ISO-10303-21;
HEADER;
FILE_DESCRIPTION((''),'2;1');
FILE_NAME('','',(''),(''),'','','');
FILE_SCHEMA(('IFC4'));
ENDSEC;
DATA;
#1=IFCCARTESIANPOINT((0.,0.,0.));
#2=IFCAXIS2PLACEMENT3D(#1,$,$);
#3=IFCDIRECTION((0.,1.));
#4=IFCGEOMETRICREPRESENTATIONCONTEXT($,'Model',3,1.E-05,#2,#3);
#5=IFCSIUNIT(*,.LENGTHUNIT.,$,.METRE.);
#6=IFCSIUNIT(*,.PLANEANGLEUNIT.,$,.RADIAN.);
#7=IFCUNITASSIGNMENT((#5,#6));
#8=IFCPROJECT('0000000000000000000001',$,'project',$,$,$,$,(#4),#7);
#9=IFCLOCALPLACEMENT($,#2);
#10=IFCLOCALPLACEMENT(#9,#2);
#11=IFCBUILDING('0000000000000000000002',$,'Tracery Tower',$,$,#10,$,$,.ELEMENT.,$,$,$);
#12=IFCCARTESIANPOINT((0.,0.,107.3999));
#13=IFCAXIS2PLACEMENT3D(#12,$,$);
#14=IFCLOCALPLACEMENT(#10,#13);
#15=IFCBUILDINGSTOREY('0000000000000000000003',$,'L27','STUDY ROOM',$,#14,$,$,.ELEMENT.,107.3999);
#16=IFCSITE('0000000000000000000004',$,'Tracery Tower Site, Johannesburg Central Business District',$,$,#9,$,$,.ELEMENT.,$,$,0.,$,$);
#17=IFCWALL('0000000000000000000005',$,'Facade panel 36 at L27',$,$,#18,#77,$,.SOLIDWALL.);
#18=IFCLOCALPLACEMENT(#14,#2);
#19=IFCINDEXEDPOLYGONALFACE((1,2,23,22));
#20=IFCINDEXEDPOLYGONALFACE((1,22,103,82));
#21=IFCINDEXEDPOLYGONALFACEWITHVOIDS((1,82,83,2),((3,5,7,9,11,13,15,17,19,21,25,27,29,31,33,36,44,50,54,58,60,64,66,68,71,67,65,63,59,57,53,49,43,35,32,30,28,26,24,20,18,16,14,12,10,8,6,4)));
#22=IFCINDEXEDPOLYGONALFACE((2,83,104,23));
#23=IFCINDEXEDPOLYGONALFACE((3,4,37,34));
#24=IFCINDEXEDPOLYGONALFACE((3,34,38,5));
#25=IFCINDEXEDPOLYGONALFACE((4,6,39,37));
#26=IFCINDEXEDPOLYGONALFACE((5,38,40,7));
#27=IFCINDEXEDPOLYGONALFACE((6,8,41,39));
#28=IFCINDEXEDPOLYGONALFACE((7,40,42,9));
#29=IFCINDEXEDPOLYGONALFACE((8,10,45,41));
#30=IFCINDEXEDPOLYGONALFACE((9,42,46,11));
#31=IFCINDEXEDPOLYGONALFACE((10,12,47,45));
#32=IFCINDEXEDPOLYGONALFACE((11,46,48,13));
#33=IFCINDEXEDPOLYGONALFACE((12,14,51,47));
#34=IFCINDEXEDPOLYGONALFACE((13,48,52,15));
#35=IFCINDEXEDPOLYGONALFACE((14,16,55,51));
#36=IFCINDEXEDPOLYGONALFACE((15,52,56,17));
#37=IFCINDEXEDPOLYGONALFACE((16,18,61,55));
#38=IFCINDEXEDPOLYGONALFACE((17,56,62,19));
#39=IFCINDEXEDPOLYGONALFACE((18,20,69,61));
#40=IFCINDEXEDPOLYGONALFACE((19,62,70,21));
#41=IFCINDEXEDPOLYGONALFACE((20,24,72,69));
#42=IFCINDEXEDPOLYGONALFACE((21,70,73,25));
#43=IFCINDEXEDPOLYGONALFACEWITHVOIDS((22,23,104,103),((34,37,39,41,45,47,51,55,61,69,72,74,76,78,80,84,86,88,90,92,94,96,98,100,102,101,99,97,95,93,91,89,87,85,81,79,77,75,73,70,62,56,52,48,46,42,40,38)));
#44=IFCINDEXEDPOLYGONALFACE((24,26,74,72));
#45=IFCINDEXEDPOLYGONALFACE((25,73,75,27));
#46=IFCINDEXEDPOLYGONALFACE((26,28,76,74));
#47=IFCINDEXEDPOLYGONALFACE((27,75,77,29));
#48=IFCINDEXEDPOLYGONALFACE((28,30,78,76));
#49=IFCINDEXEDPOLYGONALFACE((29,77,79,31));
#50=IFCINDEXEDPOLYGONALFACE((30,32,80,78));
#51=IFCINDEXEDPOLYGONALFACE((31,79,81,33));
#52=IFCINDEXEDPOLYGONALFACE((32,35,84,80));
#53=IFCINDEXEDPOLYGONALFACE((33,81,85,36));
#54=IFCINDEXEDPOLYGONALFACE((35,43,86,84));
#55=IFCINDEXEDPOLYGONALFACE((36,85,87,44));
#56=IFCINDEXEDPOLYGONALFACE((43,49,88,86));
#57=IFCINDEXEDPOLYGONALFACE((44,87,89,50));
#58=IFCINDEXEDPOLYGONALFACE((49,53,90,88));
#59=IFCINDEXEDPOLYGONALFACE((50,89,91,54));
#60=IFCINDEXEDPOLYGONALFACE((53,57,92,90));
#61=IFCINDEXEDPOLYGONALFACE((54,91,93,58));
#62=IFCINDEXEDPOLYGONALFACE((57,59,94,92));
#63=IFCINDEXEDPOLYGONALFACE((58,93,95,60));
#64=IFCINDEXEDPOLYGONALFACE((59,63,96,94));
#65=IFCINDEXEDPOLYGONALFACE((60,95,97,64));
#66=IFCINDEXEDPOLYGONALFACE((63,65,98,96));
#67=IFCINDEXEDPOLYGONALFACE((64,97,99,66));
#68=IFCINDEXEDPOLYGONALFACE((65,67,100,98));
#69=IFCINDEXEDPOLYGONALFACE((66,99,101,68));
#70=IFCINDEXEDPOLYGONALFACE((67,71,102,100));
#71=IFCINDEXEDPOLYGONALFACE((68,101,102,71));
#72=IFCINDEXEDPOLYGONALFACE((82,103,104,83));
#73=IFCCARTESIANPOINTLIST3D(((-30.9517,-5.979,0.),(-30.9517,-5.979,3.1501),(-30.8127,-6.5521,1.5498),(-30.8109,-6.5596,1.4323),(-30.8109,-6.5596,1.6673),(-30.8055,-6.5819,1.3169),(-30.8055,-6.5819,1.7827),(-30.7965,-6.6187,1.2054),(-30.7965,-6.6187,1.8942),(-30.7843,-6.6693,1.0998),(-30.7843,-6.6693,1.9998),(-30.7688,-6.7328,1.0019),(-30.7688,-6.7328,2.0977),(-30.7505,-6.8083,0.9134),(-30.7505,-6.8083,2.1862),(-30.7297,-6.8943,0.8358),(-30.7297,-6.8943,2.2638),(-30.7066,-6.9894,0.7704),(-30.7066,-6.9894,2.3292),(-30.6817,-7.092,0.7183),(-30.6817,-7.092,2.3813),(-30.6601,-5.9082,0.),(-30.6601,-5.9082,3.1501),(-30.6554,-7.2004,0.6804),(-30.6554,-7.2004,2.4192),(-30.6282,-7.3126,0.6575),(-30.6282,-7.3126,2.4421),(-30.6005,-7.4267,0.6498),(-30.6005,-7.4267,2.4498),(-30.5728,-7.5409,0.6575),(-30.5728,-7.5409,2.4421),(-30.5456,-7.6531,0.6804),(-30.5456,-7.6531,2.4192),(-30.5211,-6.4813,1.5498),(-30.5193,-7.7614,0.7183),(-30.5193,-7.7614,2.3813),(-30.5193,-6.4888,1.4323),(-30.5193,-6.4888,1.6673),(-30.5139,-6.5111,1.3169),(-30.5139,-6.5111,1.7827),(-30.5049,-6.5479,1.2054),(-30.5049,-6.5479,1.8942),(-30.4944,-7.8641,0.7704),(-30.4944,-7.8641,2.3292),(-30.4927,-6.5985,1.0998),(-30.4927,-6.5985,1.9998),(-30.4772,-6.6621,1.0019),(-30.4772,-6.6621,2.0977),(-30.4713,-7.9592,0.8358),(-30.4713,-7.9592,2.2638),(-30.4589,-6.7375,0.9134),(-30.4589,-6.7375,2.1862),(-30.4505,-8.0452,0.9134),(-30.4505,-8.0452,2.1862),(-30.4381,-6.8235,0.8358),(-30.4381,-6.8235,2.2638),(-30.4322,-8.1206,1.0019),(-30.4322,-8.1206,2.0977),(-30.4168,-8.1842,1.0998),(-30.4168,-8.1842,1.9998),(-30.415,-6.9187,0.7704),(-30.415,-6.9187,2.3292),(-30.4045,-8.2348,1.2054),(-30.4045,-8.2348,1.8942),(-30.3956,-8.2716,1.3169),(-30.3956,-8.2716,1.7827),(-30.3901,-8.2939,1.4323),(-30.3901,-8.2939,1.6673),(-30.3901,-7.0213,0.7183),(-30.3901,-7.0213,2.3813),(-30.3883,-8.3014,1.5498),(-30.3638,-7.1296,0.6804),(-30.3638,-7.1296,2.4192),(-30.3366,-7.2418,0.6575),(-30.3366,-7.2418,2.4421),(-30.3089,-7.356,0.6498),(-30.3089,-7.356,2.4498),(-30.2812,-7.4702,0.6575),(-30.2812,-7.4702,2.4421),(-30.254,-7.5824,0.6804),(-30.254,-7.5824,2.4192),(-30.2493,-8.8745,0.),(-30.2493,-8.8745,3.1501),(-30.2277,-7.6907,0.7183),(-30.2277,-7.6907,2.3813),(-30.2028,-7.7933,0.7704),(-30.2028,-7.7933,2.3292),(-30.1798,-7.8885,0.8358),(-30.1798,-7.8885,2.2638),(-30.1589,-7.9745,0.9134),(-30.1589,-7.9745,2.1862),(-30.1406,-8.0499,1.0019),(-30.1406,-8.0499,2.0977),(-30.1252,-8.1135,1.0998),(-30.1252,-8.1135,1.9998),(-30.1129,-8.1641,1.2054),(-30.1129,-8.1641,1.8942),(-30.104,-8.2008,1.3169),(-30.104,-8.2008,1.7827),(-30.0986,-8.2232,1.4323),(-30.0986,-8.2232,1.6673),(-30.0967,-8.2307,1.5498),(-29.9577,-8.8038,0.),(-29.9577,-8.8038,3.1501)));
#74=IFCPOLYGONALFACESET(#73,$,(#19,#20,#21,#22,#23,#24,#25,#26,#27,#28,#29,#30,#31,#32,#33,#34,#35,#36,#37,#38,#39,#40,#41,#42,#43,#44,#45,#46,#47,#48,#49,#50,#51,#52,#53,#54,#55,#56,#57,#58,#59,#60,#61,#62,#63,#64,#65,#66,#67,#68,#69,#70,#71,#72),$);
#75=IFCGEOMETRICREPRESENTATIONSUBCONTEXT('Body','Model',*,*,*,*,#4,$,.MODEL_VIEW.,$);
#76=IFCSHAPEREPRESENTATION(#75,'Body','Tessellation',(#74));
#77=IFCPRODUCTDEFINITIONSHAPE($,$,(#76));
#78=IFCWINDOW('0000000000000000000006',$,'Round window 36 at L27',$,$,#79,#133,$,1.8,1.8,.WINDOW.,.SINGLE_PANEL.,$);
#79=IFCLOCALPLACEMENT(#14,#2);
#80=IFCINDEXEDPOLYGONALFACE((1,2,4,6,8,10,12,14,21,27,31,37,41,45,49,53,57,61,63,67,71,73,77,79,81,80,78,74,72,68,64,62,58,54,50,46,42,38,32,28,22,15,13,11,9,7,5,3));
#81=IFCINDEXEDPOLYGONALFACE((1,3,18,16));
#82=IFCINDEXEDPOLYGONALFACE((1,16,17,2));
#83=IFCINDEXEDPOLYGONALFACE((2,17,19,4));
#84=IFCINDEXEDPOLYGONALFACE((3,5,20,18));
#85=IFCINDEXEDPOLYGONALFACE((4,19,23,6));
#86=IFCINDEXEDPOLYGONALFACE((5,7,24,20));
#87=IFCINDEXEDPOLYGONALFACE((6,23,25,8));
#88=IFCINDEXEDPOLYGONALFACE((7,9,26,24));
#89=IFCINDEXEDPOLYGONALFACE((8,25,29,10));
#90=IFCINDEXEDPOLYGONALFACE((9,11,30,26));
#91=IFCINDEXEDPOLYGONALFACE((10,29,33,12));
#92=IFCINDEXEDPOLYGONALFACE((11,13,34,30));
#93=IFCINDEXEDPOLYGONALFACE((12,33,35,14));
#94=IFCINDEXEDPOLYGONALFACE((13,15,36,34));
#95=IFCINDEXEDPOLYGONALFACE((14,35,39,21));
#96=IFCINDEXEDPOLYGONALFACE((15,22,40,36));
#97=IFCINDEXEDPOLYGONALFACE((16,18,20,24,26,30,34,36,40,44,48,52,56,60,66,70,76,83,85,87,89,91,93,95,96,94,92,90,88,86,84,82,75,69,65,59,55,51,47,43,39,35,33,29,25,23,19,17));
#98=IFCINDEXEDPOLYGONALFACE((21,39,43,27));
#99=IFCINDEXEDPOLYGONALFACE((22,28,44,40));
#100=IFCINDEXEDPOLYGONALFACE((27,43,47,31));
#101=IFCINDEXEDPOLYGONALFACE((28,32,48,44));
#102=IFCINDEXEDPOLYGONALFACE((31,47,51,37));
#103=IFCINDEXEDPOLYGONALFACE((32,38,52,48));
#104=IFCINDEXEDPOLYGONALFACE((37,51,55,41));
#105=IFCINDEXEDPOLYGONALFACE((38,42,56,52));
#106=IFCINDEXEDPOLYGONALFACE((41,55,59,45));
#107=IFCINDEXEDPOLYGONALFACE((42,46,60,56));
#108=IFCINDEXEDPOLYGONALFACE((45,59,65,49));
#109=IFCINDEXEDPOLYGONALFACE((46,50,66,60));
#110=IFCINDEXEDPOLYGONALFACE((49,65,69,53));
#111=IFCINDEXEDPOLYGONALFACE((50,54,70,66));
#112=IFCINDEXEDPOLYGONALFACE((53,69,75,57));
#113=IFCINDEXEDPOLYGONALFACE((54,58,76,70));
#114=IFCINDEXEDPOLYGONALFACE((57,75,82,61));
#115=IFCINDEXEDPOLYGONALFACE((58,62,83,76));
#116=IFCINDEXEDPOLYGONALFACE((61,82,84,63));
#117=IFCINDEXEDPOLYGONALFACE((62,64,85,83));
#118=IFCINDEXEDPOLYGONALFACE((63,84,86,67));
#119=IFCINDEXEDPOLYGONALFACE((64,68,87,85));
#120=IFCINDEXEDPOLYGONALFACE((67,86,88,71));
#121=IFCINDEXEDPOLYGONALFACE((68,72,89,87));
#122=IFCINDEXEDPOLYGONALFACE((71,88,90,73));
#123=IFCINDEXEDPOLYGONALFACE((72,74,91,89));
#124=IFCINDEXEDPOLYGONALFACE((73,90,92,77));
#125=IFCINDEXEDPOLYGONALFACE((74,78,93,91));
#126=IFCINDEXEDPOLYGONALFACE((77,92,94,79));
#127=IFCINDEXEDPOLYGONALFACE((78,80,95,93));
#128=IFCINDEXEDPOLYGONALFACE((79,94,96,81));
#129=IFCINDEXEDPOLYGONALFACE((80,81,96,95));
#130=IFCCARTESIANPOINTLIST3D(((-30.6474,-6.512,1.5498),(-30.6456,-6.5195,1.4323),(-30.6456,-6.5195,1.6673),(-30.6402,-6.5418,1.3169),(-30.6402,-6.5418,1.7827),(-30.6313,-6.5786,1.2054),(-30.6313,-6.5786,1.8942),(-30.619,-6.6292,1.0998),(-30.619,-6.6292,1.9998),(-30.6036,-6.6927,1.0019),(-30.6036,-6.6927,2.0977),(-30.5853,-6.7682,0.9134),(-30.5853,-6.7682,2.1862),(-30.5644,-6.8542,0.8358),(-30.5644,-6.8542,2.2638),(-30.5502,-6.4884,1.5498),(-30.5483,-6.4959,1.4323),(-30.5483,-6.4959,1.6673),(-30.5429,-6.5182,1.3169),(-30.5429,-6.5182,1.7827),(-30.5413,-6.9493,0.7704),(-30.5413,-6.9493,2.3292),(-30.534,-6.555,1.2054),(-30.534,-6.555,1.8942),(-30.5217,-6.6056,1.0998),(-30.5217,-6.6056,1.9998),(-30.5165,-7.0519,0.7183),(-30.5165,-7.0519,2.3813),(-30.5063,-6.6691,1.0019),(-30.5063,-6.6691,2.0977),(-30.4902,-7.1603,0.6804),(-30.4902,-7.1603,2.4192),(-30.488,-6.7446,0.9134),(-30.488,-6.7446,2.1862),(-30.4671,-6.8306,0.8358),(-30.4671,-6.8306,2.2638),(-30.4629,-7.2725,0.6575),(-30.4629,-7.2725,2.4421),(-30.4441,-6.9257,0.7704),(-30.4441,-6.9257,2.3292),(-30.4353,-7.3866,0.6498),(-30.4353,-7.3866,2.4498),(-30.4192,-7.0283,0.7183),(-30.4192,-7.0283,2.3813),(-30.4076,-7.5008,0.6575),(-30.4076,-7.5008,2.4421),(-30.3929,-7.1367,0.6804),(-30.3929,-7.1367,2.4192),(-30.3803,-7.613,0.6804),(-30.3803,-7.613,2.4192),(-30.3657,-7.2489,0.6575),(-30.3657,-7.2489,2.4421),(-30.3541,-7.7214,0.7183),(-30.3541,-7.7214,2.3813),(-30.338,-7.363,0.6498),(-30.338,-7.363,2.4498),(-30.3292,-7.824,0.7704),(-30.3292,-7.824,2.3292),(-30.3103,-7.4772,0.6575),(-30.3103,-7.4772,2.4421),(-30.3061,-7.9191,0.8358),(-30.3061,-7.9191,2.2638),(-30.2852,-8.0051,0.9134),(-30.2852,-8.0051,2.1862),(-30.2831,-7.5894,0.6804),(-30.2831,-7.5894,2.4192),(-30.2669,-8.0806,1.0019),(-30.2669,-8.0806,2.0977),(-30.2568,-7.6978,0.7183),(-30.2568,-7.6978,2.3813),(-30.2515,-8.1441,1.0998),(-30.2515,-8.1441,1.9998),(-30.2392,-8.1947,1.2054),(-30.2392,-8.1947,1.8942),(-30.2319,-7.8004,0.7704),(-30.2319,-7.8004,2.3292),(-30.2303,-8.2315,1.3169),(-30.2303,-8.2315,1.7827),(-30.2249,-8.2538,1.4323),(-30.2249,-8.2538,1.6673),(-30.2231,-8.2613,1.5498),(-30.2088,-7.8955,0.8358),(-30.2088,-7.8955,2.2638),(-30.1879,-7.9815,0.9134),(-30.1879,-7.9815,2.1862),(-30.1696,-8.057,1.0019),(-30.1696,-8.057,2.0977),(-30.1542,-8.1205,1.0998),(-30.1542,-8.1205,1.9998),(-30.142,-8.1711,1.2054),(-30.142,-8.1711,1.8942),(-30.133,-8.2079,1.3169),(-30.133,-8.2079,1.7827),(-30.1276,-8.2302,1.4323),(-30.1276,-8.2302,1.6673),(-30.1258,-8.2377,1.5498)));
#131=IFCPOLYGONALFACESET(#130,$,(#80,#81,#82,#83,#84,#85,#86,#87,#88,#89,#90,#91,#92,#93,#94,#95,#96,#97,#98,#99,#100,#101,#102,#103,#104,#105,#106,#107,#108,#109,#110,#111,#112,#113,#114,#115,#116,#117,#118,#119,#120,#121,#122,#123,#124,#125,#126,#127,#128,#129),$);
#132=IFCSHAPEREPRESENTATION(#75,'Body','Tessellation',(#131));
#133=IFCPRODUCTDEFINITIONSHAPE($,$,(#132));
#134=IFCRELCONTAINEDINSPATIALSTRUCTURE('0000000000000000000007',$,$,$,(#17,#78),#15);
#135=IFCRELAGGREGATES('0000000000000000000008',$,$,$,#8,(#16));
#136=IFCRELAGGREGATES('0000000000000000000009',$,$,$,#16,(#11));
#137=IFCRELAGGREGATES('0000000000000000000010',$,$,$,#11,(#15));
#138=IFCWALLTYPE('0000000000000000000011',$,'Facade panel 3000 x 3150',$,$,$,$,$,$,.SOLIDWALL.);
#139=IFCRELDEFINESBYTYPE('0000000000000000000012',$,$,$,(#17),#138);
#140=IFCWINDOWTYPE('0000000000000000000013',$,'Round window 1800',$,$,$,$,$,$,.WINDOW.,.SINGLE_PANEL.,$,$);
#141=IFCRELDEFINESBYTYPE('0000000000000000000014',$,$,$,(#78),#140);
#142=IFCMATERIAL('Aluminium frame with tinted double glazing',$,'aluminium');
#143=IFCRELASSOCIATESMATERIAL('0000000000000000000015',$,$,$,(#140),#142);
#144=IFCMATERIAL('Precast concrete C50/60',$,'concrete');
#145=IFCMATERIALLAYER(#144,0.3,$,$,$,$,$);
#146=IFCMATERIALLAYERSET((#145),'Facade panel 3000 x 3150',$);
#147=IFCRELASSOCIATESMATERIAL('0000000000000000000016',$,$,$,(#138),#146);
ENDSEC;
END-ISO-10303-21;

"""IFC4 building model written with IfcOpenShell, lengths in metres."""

from ifc_helpers import new_model, si_unit, direction, frame, frame_2d, origin, origin_2d, place, context, subcontext, project, spatial, rectangle, circle, extrude, material, layer, layer_set, type_object, element, fill, save


model = new_model("IFC4")

# Units and contexts
model_context = context("Model", 3, precision=1e-05, world=origin(), true_north=direction((0.0, 1.0)))
body_context = subcontext(model_context, "Body", "Model", "MODEL_VIEW")
ifc_project = project(units=[si_unit("LENGTHUNIT", "METRE"), si_unit("PLANEANGLEUNIT", "RADIAN")], contexts=[model_context])

# Site, building, storey
site_placement = place(None, origin())
site = spatial("IfcSite", under=ifc_project, at=site_placement, Name="Tracery Tower Site, Johannesburg Central Business District", CompositionType="ELEMENT", RefElevation=0.0)
building_placement = place(site_placement, origin())
building = spatial("IfcBuilding", under=site, at=building_placement, Name="Tracery Tower", CompositionType="ELEMENT")
storey_placement = place(building_placement, frame((0.0, 0.0, 107.3999)))
storey = spatial("IfcBuildingStorey", under=building, at=storey_placement, Name="L27", Description="STUDY ROOM", CompositionType="ELEMENT", Elevation=107.3999)

# Wall, opening, window
ifc_material_1 = material(Name="Aluminium frame with tinted double glazing", Category="aluminium")
window_type = type_object("IfcWindowType", Name="Round window 1800", PartitioningType="SINGLE_PANEL", PredefinedType="WINDOW", material=ifc_material_1)
ifc_material_2 = material(Name="Precast concrete C50/60", Category="concrete")
ifc_layer_1 = layer(ifc_material_2, 0.3)
ifc_layer_set_1 = layer_set([ifc_layer_1], Name="Facade panel 3000 x 3150")
wall_type_1 = type_object("IfcWallType", Name="Facade panel 3000 x 3150", PredefinedType="SOLIDWALL", material=ifc_layer_set_1)
wall_1_placement = place(storey_placement, frame((-30.8059, -5.9436, 0.0), z_axis=(0.0, 0.0, 1.0), x_axis=(0.235743, -0.971815, 0.0)))
wall_1 = element("IfcWall", 1, at=wall_1_placement, inside=storey, type_object=wall_type_1, Name="Facade panel 36 at L27", PredefinedType="SOLIDWALL", context=body_context, shape_type="SweptSolid", body=[
    extrude(rectangle(XDim=2.9795, YDim=0.3, at=frame_2d((1.4897, 0.0))), origin(), (0.0, 0.0, 1.0), 3.1501),
])
opening_1_placement = place(wall_1_placement, frame((1.4897, 0.0, 1.5498)))
opening_1 = element("IfcOpeningElement", 2, at=opening_1_placement, cuts=wall_1, PredefinedType="OPENING", context=body_context, shape_type="SweptSolid", body=[
    extrude(circle(Radius=0.9, at=origin_2d()), frame((0.0, 0.1599, 0.0), z_axis=(0.0, -1.0, 0.0), x_axis=(1.0, 0.0, 0.0)), (0.0, 0.0, 1.0), 0.3201),
])
window_1_placement = place(opening_1_placement, origin())
window_1 = element("IfcWindow", 3, at=window_1_placement, inside=storey, type_object=window_type, Name="Round window 36 at L27", OverallHeight=1.8, OverallWidth=1.8, PartitioningType="SINGLE_PANEL", PredefinedType="WINDOW", context=body_context, shape_type="SweptSolid", body=[
    extrude(circle(Radius=0.9, at=origin_2d()), frame((0.0, 0.1201, 0.0), z_axis=(0.0, -1.0, 0.0), x_axis=(1.0, 0.0, 0.0)), (0.0, 0.0, 1.0), 0.1001),
])
fill(opening_1, window_1)

save(model, "model.ifc")
